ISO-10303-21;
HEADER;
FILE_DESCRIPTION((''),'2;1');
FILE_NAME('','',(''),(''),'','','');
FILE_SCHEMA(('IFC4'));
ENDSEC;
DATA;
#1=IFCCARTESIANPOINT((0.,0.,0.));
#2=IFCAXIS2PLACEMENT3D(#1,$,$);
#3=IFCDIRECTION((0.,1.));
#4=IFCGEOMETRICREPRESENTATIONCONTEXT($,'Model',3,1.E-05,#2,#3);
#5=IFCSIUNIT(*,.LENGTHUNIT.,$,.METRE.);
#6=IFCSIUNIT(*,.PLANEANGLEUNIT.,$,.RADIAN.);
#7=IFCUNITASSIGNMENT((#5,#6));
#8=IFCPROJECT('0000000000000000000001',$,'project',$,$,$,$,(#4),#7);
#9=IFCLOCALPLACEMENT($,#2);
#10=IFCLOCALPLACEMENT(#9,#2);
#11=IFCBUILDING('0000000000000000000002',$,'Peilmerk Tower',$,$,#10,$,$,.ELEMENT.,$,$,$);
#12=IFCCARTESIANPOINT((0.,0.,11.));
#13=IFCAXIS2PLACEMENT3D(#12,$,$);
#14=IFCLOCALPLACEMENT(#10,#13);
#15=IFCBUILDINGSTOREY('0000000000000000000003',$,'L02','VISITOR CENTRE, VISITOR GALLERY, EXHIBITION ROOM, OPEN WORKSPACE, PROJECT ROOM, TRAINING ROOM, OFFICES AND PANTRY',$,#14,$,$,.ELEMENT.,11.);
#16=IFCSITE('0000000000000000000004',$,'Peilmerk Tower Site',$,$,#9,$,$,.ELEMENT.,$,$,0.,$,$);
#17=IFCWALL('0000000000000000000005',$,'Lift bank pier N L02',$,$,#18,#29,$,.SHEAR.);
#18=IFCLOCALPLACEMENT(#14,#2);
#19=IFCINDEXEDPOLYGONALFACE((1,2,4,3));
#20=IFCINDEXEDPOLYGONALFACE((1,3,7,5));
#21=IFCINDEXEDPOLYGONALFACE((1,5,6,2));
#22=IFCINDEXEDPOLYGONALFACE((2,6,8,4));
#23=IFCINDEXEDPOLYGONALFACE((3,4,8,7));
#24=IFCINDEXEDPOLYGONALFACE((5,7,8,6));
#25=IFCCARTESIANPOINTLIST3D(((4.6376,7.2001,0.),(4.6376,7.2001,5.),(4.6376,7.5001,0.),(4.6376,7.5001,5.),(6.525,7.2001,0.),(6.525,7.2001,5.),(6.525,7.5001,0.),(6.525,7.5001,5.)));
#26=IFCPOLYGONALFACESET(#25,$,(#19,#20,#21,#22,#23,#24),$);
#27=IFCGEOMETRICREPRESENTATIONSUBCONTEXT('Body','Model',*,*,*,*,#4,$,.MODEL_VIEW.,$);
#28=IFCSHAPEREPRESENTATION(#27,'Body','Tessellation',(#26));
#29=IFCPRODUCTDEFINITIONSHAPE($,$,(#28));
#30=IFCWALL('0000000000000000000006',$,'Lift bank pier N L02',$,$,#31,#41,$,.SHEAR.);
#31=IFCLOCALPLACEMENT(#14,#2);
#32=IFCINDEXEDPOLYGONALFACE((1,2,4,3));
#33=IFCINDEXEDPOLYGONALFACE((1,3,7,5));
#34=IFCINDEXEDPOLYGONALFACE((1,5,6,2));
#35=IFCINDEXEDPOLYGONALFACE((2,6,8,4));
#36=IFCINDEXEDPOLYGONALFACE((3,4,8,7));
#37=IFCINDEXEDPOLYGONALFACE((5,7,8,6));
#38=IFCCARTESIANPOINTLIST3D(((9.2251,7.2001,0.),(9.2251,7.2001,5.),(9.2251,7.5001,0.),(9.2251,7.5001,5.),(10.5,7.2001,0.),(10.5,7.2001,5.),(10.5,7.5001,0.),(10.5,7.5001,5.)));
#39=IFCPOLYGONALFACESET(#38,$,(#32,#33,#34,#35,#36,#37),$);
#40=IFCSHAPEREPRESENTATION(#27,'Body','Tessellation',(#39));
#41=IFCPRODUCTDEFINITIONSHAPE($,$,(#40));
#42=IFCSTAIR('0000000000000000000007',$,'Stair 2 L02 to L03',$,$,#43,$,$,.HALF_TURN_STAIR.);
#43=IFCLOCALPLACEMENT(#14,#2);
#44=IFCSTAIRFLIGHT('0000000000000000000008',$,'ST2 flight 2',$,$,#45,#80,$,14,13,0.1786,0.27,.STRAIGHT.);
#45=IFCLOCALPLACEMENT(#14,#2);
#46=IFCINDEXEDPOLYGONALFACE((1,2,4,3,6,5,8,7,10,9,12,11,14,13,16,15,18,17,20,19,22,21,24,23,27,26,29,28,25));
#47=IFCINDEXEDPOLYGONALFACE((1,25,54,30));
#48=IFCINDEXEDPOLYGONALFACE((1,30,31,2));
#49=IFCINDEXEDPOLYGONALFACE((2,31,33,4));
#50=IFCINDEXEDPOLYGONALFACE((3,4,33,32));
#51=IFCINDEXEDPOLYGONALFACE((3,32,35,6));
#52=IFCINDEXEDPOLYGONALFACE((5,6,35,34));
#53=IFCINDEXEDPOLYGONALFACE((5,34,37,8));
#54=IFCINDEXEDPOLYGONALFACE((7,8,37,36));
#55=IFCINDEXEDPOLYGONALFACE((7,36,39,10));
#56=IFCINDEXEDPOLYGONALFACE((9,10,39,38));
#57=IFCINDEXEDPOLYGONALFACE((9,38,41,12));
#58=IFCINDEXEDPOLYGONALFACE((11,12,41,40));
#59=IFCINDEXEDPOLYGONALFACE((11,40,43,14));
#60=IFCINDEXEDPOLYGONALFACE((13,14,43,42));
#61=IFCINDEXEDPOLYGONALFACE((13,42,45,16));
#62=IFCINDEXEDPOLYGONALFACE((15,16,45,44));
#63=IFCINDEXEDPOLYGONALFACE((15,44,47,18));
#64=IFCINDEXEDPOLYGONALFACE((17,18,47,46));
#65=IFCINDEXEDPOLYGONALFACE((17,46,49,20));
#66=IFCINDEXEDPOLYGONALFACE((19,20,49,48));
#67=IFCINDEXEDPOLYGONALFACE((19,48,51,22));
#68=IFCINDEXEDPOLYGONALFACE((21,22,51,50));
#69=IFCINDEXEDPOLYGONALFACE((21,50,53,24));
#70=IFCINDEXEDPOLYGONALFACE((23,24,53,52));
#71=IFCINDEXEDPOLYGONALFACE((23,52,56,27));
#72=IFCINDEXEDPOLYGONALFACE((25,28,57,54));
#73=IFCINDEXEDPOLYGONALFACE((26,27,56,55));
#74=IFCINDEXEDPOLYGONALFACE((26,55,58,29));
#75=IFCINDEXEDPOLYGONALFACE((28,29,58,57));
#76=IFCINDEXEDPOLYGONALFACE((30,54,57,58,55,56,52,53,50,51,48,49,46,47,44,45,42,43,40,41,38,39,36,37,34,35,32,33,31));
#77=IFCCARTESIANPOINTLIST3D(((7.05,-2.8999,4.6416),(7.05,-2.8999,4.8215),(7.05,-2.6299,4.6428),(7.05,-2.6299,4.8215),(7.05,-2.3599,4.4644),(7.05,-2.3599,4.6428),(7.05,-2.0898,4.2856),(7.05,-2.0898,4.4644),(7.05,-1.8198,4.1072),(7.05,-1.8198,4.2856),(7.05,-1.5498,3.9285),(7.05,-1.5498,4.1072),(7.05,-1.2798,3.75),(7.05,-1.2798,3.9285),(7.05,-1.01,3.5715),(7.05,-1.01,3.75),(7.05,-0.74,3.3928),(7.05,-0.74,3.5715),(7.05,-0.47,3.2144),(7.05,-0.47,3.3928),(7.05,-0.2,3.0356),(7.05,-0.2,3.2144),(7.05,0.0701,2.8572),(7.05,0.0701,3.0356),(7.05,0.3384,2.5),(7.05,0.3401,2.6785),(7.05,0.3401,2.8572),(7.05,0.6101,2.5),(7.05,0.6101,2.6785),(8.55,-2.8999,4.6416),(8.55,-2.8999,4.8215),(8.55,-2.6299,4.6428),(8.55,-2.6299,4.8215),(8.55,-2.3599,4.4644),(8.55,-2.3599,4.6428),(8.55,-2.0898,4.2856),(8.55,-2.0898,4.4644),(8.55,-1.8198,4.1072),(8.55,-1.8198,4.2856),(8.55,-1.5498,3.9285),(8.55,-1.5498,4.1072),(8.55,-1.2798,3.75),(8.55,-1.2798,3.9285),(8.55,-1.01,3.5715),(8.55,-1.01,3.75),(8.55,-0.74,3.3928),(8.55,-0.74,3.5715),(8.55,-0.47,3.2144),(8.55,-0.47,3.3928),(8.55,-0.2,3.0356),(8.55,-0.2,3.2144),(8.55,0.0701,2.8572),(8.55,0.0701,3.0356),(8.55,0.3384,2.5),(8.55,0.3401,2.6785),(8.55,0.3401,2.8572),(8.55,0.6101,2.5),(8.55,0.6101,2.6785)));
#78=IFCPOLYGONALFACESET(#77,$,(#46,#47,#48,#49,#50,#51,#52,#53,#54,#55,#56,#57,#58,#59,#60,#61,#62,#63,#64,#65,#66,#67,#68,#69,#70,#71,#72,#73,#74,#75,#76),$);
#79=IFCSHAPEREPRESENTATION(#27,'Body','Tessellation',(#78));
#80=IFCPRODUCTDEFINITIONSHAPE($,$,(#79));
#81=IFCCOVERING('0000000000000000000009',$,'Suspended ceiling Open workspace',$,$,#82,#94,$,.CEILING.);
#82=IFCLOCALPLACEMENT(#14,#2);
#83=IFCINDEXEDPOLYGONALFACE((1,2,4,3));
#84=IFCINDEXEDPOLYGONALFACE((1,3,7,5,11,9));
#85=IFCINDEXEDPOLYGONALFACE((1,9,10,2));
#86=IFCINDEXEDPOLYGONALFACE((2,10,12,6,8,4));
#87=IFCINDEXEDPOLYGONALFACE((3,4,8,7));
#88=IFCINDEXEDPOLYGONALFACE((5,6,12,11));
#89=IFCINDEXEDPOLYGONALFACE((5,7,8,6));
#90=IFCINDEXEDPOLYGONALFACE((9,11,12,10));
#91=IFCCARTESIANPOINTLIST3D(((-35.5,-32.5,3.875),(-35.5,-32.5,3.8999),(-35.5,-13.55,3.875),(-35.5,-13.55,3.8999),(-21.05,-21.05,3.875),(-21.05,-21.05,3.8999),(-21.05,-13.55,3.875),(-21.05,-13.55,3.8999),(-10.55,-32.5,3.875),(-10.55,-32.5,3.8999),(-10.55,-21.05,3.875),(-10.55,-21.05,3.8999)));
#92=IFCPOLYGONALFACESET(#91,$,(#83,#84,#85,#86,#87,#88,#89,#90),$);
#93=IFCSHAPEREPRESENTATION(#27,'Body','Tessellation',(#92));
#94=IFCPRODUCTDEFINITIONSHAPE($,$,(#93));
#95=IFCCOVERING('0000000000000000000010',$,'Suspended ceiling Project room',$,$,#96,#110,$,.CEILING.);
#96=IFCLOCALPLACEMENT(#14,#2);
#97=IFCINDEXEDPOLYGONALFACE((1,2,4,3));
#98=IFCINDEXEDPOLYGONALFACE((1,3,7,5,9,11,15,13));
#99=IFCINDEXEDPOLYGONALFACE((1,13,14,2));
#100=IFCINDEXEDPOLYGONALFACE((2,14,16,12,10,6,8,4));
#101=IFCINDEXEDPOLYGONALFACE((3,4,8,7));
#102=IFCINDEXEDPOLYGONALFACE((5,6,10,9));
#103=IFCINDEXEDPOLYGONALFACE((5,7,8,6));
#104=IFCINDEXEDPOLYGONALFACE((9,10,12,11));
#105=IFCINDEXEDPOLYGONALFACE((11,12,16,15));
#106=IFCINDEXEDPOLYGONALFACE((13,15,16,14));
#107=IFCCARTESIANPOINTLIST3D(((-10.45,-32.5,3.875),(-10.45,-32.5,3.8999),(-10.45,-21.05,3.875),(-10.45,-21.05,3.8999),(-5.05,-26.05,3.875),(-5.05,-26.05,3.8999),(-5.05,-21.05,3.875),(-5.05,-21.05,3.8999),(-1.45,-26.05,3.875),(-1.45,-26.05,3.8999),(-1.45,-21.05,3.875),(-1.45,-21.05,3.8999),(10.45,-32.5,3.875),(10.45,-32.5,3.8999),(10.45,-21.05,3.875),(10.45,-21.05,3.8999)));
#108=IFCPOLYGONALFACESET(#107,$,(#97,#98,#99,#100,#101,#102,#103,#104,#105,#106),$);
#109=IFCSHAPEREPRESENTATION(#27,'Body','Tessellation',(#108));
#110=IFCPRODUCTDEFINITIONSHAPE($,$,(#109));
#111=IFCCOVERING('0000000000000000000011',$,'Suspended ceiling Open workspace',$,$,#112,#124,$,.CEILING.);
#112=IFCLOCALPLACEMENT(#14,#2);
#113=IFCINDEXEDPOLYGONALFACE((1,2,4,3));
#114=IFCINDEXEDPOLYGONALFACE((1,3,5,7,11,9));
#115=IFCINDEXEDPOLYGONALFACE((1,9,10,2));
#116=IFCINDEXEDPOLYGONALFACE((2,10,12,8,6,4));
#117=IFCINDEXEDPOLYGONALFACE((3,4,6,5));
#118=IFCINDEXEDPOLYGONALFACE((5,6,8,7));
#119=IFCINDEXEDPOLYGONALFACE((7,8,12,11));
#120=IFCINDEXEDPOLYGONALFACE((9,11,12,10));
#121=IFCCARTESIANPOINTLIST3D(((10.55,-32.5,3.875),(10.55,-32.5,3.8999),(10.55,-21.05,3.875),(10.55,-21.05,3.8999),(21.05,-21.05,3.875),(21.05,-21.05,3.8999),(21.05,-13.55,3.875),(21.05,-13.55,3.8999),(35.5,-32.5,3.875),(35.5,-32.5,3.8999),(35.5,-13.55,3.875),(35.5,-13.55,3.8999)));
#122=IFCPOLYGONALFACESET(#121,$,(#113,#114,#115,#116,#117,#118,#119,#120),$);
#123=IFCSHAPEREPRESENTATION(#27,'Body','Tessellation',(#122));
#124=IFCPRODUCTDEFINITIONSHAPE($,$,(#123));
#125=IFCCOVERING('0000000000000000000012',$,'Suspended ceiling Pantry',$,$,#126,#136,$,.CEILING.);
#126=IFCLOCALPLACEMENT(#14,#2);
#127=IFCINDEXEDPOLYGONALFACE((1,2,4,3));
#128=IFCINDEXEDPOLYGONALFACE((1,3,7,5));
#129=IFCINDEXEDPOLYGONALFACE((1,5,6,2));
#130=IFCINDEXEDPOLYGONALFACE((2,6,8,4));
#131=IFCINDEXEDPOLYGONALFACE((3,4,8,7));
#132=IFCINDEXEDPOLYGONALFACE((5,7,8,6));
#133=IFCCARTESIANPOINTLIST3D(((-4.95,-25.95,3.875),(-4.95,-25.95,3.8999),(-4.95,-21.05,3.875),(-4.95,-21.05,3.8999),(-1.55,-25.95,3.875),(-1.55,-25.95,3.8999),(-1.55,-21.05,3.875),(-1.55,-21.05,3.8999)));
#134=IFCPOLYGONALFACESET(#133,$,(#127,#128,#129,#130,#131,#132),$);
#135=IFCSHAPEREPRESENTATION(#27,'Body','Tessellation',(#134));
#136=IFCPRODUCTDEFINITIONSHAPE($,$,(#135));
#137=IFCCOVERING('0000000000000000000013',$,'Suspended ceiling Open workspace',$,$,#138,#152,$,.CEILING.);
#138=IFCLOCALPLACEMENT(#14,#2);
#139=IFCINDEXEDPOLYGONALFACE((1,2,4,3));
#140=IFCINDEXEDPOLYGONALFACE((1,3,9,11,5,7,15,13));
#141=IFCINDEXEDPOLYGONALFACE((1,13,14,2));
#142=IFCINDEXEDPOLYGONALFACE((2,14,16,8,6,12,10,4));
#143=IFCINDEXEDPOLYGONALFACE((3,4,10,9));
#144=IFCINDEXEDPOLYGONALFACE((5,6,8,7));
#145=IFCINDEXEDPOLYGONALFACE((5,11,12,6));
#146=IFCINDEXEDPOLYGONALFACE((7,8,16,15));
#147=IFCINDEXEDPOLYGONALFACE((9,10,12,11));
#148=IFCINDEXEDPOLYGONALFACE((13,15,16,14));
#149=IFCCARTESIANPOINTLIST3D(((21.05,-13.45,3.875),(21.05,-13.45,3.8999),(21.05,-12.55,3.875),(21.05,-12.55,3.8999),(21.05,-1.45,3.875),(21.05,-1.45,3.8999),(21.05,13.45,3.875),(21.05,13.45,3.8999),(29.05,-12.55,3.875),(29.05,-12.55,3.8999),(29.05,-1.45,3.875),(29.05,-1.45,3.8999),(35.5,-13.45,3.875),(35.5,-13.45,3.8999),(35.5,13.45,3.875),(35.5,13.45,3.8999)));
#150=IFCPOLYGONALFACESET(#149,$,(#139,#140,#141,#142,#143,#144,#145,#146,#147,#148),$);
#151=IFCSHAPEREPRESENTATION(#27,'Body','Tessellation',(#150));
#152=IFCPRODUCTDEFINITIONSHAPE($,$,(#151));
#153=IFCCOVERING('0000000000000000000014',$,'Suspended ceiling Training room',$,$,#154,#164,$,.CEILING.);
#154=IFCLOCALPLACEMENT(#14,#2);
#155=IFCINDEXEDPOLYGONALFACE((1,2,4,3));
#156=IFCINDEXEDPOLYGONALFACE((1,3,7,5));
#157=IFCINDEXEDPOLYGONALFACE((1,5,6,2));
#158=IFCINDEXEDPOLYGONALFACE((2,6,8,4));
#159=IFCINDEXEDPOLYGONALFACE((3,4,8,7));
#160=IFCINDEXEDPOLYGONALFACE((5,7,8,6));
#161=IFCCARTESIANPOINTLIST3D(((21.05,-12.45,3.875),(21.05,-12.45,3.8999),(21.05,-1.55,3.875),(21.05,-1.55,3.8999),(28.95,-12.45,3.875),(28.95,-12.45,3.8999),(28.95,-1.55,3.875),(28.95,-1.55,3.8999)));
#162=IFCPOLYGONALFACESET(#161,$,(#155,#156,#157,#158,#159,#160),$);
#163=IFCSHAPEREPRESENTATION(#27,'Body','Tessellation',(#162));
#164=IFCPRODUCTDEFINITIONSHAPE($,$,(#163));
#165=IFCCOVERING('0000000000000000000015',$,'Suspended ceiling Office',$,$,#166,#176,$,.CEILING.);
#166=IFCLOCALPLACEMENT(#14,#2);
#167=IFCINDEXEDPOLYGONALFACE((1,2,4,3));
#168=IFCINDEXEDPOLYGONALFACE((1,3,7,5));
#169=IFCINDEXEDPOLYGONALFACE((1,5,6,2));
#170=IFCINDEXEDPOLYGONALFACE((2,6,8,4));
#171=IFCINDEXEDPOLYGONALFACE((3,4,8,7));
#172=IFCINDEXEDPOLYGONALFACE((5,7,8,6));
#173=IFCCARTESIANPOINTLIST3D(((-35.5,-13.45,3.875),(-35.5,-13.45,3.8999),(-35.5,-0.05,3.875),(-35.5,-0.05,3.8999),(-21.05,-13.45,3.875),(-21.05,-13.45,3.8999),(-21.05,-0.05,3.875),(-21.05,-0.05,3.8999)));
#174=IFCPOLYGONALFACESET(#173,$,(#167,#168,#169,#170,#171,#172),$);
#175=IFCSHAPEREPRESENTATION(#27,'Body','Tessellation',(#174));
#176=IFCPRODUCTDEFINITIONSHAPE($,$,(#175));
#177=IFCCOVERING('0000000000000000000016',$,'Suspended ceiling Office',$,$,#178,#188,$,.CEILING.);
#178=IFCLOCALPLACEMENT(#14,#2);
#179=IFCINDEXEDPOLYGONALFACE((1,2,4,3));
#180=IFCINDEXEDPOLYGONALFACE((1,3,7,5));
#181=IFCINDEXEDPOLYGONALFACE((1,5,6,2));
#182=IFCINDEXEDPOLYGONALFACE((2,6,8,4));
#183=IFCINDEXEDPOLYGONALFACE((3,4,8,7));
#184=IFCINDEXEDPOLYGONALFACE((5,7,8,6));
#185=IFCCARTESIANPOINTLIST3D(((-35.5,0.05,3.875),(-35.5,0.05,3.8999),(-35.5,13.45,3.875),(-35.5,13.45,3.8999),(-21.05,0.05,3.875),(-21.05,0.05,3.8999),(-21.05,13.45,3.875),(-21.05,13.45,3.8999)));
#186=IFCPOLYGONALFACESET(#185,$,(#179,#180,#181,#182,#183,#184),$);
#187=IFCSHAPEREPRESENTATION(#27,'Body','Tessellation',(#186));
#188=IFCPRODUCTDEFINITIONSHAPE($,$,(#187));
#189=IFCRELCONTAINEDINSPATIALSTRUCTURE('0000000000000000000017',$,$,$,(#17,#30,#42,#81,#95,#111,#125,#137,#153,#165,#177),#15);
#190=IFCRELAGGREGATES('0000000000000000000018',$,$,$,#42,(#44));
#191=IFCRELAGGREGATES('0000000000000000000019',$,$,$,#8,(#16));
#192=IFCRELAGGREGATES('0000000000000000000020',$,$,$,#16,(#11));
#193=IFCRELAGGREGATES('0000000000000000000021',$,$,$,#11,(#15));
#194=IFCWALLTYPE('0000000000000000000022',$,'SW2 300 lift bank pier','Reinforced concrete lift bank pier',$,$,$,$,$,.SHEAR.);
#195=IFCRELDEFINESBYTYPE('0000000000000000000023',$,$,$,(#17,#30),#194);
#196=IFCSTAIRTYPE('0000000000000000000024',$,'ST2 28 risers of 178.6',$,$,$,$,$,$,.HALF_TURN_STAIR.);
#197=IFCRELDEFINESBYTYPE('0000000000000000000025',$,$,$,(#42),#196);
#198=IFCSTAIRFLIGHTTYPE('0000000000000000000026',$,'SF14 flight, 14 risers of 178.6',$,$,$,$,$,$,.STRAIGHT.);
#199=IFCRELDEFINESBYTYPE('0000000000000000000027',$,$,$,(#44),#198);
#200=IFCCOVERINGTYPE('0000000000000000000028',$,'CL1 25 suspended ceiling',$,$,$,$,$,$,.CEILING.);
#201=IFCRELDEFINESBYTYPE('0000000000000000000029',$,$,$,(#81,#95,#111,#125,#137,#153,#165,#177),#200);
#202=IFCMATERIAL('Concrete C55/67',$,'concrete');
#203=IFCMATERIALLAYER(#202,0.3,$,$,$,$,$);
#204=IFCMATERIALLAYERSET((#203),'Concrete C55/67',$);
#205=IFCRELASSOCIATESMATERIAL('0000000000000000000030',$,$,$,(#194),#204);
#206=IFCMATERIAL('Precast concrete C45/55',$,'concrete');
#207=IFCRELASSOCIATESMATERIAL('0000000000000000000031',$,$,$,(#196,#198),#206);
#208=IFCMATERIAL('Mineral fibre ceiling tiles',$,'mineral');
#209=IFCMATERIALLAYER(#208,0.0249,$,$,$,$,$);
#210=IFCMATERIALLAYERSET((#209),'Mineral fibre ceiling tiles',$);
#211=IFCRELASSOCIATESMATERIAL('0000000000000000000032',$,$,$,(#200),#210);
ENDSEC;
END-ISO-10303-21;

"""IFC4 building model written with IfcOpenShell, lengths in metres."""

from ifc_helpers import new_model, si_unit, direction, frame, frame_2d, origin, place, context, subcontext, project, spatial, polyline, rectangle, outline, extrude, material, layer, layer_set, type_object, element, aggregate, save


model = new_model("IFC4")

# Units and contexts
model_context = context("Model", 3, precision=1e-05, world=origin(), true_north=direction((0.0, 1.0)))
body_context = subcontext(model_context, "Body", "Model", "MODEL_VIEW")
ifc_project = project(units=[si_unit("LENGTHUNIT", "METRE"), si_unit("PLANEANGLEUNIT", "RADIAN")], contexts=[model_context])

# Site, building, storey
site_placement = place(None, origin())
site = spatial("IfcSite", under=ifc_project, at=site_placement, Name="Peilmerk Tower Site", CompositionType="ELEMENT", RefElevation=0.0)
building_placement = place(site_placement, origin())
building = spatial("IfcBuilding", under=site, at=building_placement, Name="Peilmerk Tower", CompositionType="ELEMENT")
storey_placement = place(building_placement, frame((0.0, 0.0, 11.0)))
storey = spatial("IfcBuildingStorey", under=building, at=storey_placement, Name="L02", Description="VISITOR CENTRE, VISITOR GALLERY, EXHIBITION ROOM, OPEN WORKSPACE, PROJECT ROOM, TRAINING ROOM, OFFICES AND PANTRY", CompositionType="ELEMENT", Elevation=11.0)

# Shared definitions
ifc_material_1 = material(Name="Precast concrete C45/55", Category="concrete")

# Shared definitions
ifc_material_2 = material(Name="Concrete C55/67", Category="concrete")

# Walls
ifc_layer_1 = layer(ifc_material_2, 0.3)
ifc_layer_set_1 = layer_set([ifc_layer_1], Name="Concrete C55/67")
wall_type_1 = type_object("IfcWallType", Name="SW2 300 lift bank pier", Description="Reinforced concrete lift bank pier", PredefinedType="SHEAR", material=ifc_layer_set_1)
wall_1_placement = place(storey_placement, frame((4.6375, 7.3501, 0.0), z_axis=(0.0, 0.0, 1.0), x_axis=(1.0, 0.0, 0.0)))
element("IfcWall", 1, at=wall_1_placement, inside=storey, type_object=wall_type_1, Name="Lift bank pier N L02", PredefinedType="SHEAR", context=body_context, shape_type="SweptSolid", body=[
    extrude(rectangle(XDim=1.8875, YDim=0.3, at=frame_2d((0.9438, 0.0))), origin(), (0.0, 0.0, 1.0), 5.0),
])
wall_2_placement = place(storey_placement, frame((9.2251, 7.3501, 0.0), z_axis=(0.0, 0.0, 1.0), x_axis=(1.0, 0.0, 0.0)))
element("IfcWall", 2, at=wall_2_placement, inside=storey, type_object=wall_type_1, Name="Lift bank pier N L02", PredefinedType="SHEAR", context=body_context, shape_type="SweptSolid", body=[
    extrude(rectangle(XDim=1.2749, YDim=0.3, at=frame_2d((0.6375, 0.0))), origin(), (0.0, 0.0, 1.0), 5.0),
])

# Stair, stair flight
stair_type_1 = type_object("IfcStairType", Name="ST2 28 risers of 178.6", PredefinedType="HALF_TURN_STAIR", material=ifc_material_1)
stair_1_placement = place(storey_placement, origin())
stair_1 = element("IfcStair", 3, at=stair_1_placement, inside=storey, type_object=stair_type_1, Name="Stair 2 L02 to L03", PredefinedType="HALF_TURN_STAIR")
stair_flight_type = type_object("IfcStairFlightType", Name="SF14 flight, 14 risers of 178.6", PredefinedType="STRAIGHT", material=ifc_material_1)
stair_flight_placement = place(storey_placement, frame((7.8, 0.6101, 2.5), z_axis=(0.0, 0.0, 1.0), x_axis=(0.0, -1.0, 0.0)))
stair_flight = element("IfcStairFlight", 4, at=stair_flight_placement, type_object=stair_flight_type, Name="ST2 flight 2", NumberOfRisers=14, NumberOfTreads=13, PredefinedType="STRAIGHT", RiserHeight=0.1786, TreadLength=0.27, context=body_context, shape_type="SweptSolid", body=[
    extrude(outline(polyline([(0.0, 0.0), (0.0, 0.1785), (0.27, 0.1785), (0.27, 0.3572), (0.54, 0.3572), (0.54, 0.5356), (0.8101, 0.5356), (0.8101, 0.7144), (1.0801, 0.7144), (1.0801, 0.8928), (1.3501, 0.8928), (1.3501, 1.0715), (1.6201, 1.0715), (1.6201, 1.25), (1.8899, 1.25), (1.8899, 1.4285), (2.1599, 1.4285), (2.1599, 1.6072), (2.4299, 1.6072), (2.4299, 1.7856), (2.7, 1.7856), (2.7, 1.9644), (2.97, 1.9644), (2.97, 2.1428), (3.24, 2.1428), (3.24, 2.3215), (3.51, 2.3215), (3.51, 2.5), (3.51, 2.1416), (0.2717, 0.0), (0.0, 0.0)])), frame((0.0, 0.75, 0.0), z_axis=(0.0, -1.0, 0.0), x_axis=(1.0, 0.0, 0.0)), (0.0, 0.0, 1.0), 1.5),
])
aggregate(stair_1, [stair_flight])

# Coverings
ifc_material_3 = material(Name="Mineral fibre ceiling tiles", Category="mineral")
ifc_layer_2 = layer(ifc_material_3, 0.0249)
ifc_layer_set_2 = layer_set([ifc_layer_2], Name="Mineral fibre ceiling tiles")
covering_type = type_object("IfcCoveringType", Name="CL1 25 suspended ceiling", PredefinedType="CEILING", material=ifc_layer_set_2)
covering_1_placement = place(storey_placement, frame((0.0, 0.0, 3.875)))
element("IfcCovering", 5, at=covering_1_placement, inside=storey, type_object=covering_type, Name="Suspended ceiling Open workspace", PredefinedType="CEILING", context=body_context, shape_type="SweptSolid", body=[
    extrude(outline(polyline([(-35.5, -13.55), (-35.5, -32.5), (-10.55, -32.5), (-10.55, -21.05), (-21.05, -21.05), (-21.05, -13.55), (-35.5, -13.55)])), origin(), (0.0, 0.0, 1.0), 0.0249),
])
covering_2_placement = place(storey_placement, frame((0.0, 0.0, 3.875)))
element("IfcCovering", 6, at=covering_2_placement, inside=storey, type_object=covering_type, Name="Suspended ceiling Project room", PredefinedType="CEILING", context=body_context, shape_type="SweptSolid", body=[
    extrude(outline(polyline([(-10.45, -21.05), (-10.45, -32.5), (10.45, -32.5), (10.45, -21.05), (-1.45, -21.05), (-1.45, -26.05), (-5.05, -26.05), (-5.05, -21.05), (-10.45, -21.05)])), origin(), (0.0, 0.0, 1.0), 0.0249),
])
covering_3_placement = place(storey_placement, frame((0.0, 0.0, 3.875)))
element("IfcCovering", 7, at=covering_3_placement, inside=storey, type_object=covering_type, Name="Suspended ceiling Open workspace", PredefinedType="CEILING", context=body_context, shape_type="SweptSolid", body=[
    extrude(outline(polyline([(35.5, -32.5), (35.5, -13.55), (21.05, -13.55), (21.05, -21.05), (10.55, -21.05), (10.55, -32.5), (35.5, -32.5)])), origin(), (0.0, 0.0, 1.0), 0.0249),
])
covering_4_placement = place(storey_placement, frame((0.0, 0.0, 3.875)))
element("IfcCovering", 8, at=covering_4_placement, inside=storey, type_object=covering_type, Name="Suspended ceiling Pantry", PredefinedType="CEILING", context=body_context, shape_type="SweptSolid", body=[
    extrude(outline(polyline([(-1.55, -25.95), (-1.55, -21.05), (-4.95, -21.05), (-4.95, -25.95), (-1.55, -25.95)])), origin(), (0.0, 0.0, 1.0), 0.0249),
])
covering_5_placement = place(storey_placement, frame((0.0, 0.0, 3.875)))
element("IfcCovering", 9, at=covering_5_placement, inside=storey, type_object=covering_type, Name="Suspended ceiling Open workspace", PredefinedType="CEILING", context=body_context, shape_type="SweptSolid", body=[
    extrude(outline(polyline([(21.05, -13.45), (35.5, -13.45), (35.5, 13.45), (21.05, 13.45), (21.05, -1.45), (29.05, -1.45), (29.05, -12.55), (21.05, -12.55), (21.05, -13.45)])), origin(), (0.0, 0.0, 1.0), 0.0249),
])
covering_6_placement = place(storey_placement, frame((0.0, 0.0, 3.875)))
element("IfcCovering", 10, at=covering_6_placement, inside=storey, type_object=covering_type, Name="Suspended ceiling Training room", PredefinedType="CEILING", context=body_context, shape_type="SweptSolid", body=[
    extrude(outline(polyline([(28.95, -12.45), (28.95, -1.55), (21.05, -1.55), (21.05, -12.45), (28.95, -12.45)])), origin(), (0.0, 0.0, 1.0), 0.0249),
])
covering_7_placement = place(storey_placement, frame((0.0, 0.0, 3.875)))
element("IfcCovering", 11, at=covering_7_placement, inside=storey, type_object=covering_type, Name="Suspended ceiling Office", PredefinedType="CEILING", context=body_context, shape_type="SweptSolid", body=[
    extrude(outline(polyline([(-35.5, -0.05), (-35.5, -13.45), (-21.05, -13.45), (-21.05, -0.05), (-35.5, -0.05)])), origin(), (0.0, 0.0, 1.0), 0.0249),
])
covering_8_placement = place(storey_placement, frame((0.0, 0.0, 3.875)))
element("IfcCovering", 12, at=covering_8_placement, inside=storey, type_object=covering_type, Name="Suspended ceiling Office", PredefinedType="CEILING", context=body_context, shape_type="SweptSolid", body=[
    extrude(outline(polyline([(-35.5, 13.45), (-35.5, 0.05), (-21.05, 0.05), (-21.05, 13.45), (-35.5, 13.45)])), origin(), (0.0, 0.0, 1.0), 0.0249),
])

save(model, "model.ifc")
